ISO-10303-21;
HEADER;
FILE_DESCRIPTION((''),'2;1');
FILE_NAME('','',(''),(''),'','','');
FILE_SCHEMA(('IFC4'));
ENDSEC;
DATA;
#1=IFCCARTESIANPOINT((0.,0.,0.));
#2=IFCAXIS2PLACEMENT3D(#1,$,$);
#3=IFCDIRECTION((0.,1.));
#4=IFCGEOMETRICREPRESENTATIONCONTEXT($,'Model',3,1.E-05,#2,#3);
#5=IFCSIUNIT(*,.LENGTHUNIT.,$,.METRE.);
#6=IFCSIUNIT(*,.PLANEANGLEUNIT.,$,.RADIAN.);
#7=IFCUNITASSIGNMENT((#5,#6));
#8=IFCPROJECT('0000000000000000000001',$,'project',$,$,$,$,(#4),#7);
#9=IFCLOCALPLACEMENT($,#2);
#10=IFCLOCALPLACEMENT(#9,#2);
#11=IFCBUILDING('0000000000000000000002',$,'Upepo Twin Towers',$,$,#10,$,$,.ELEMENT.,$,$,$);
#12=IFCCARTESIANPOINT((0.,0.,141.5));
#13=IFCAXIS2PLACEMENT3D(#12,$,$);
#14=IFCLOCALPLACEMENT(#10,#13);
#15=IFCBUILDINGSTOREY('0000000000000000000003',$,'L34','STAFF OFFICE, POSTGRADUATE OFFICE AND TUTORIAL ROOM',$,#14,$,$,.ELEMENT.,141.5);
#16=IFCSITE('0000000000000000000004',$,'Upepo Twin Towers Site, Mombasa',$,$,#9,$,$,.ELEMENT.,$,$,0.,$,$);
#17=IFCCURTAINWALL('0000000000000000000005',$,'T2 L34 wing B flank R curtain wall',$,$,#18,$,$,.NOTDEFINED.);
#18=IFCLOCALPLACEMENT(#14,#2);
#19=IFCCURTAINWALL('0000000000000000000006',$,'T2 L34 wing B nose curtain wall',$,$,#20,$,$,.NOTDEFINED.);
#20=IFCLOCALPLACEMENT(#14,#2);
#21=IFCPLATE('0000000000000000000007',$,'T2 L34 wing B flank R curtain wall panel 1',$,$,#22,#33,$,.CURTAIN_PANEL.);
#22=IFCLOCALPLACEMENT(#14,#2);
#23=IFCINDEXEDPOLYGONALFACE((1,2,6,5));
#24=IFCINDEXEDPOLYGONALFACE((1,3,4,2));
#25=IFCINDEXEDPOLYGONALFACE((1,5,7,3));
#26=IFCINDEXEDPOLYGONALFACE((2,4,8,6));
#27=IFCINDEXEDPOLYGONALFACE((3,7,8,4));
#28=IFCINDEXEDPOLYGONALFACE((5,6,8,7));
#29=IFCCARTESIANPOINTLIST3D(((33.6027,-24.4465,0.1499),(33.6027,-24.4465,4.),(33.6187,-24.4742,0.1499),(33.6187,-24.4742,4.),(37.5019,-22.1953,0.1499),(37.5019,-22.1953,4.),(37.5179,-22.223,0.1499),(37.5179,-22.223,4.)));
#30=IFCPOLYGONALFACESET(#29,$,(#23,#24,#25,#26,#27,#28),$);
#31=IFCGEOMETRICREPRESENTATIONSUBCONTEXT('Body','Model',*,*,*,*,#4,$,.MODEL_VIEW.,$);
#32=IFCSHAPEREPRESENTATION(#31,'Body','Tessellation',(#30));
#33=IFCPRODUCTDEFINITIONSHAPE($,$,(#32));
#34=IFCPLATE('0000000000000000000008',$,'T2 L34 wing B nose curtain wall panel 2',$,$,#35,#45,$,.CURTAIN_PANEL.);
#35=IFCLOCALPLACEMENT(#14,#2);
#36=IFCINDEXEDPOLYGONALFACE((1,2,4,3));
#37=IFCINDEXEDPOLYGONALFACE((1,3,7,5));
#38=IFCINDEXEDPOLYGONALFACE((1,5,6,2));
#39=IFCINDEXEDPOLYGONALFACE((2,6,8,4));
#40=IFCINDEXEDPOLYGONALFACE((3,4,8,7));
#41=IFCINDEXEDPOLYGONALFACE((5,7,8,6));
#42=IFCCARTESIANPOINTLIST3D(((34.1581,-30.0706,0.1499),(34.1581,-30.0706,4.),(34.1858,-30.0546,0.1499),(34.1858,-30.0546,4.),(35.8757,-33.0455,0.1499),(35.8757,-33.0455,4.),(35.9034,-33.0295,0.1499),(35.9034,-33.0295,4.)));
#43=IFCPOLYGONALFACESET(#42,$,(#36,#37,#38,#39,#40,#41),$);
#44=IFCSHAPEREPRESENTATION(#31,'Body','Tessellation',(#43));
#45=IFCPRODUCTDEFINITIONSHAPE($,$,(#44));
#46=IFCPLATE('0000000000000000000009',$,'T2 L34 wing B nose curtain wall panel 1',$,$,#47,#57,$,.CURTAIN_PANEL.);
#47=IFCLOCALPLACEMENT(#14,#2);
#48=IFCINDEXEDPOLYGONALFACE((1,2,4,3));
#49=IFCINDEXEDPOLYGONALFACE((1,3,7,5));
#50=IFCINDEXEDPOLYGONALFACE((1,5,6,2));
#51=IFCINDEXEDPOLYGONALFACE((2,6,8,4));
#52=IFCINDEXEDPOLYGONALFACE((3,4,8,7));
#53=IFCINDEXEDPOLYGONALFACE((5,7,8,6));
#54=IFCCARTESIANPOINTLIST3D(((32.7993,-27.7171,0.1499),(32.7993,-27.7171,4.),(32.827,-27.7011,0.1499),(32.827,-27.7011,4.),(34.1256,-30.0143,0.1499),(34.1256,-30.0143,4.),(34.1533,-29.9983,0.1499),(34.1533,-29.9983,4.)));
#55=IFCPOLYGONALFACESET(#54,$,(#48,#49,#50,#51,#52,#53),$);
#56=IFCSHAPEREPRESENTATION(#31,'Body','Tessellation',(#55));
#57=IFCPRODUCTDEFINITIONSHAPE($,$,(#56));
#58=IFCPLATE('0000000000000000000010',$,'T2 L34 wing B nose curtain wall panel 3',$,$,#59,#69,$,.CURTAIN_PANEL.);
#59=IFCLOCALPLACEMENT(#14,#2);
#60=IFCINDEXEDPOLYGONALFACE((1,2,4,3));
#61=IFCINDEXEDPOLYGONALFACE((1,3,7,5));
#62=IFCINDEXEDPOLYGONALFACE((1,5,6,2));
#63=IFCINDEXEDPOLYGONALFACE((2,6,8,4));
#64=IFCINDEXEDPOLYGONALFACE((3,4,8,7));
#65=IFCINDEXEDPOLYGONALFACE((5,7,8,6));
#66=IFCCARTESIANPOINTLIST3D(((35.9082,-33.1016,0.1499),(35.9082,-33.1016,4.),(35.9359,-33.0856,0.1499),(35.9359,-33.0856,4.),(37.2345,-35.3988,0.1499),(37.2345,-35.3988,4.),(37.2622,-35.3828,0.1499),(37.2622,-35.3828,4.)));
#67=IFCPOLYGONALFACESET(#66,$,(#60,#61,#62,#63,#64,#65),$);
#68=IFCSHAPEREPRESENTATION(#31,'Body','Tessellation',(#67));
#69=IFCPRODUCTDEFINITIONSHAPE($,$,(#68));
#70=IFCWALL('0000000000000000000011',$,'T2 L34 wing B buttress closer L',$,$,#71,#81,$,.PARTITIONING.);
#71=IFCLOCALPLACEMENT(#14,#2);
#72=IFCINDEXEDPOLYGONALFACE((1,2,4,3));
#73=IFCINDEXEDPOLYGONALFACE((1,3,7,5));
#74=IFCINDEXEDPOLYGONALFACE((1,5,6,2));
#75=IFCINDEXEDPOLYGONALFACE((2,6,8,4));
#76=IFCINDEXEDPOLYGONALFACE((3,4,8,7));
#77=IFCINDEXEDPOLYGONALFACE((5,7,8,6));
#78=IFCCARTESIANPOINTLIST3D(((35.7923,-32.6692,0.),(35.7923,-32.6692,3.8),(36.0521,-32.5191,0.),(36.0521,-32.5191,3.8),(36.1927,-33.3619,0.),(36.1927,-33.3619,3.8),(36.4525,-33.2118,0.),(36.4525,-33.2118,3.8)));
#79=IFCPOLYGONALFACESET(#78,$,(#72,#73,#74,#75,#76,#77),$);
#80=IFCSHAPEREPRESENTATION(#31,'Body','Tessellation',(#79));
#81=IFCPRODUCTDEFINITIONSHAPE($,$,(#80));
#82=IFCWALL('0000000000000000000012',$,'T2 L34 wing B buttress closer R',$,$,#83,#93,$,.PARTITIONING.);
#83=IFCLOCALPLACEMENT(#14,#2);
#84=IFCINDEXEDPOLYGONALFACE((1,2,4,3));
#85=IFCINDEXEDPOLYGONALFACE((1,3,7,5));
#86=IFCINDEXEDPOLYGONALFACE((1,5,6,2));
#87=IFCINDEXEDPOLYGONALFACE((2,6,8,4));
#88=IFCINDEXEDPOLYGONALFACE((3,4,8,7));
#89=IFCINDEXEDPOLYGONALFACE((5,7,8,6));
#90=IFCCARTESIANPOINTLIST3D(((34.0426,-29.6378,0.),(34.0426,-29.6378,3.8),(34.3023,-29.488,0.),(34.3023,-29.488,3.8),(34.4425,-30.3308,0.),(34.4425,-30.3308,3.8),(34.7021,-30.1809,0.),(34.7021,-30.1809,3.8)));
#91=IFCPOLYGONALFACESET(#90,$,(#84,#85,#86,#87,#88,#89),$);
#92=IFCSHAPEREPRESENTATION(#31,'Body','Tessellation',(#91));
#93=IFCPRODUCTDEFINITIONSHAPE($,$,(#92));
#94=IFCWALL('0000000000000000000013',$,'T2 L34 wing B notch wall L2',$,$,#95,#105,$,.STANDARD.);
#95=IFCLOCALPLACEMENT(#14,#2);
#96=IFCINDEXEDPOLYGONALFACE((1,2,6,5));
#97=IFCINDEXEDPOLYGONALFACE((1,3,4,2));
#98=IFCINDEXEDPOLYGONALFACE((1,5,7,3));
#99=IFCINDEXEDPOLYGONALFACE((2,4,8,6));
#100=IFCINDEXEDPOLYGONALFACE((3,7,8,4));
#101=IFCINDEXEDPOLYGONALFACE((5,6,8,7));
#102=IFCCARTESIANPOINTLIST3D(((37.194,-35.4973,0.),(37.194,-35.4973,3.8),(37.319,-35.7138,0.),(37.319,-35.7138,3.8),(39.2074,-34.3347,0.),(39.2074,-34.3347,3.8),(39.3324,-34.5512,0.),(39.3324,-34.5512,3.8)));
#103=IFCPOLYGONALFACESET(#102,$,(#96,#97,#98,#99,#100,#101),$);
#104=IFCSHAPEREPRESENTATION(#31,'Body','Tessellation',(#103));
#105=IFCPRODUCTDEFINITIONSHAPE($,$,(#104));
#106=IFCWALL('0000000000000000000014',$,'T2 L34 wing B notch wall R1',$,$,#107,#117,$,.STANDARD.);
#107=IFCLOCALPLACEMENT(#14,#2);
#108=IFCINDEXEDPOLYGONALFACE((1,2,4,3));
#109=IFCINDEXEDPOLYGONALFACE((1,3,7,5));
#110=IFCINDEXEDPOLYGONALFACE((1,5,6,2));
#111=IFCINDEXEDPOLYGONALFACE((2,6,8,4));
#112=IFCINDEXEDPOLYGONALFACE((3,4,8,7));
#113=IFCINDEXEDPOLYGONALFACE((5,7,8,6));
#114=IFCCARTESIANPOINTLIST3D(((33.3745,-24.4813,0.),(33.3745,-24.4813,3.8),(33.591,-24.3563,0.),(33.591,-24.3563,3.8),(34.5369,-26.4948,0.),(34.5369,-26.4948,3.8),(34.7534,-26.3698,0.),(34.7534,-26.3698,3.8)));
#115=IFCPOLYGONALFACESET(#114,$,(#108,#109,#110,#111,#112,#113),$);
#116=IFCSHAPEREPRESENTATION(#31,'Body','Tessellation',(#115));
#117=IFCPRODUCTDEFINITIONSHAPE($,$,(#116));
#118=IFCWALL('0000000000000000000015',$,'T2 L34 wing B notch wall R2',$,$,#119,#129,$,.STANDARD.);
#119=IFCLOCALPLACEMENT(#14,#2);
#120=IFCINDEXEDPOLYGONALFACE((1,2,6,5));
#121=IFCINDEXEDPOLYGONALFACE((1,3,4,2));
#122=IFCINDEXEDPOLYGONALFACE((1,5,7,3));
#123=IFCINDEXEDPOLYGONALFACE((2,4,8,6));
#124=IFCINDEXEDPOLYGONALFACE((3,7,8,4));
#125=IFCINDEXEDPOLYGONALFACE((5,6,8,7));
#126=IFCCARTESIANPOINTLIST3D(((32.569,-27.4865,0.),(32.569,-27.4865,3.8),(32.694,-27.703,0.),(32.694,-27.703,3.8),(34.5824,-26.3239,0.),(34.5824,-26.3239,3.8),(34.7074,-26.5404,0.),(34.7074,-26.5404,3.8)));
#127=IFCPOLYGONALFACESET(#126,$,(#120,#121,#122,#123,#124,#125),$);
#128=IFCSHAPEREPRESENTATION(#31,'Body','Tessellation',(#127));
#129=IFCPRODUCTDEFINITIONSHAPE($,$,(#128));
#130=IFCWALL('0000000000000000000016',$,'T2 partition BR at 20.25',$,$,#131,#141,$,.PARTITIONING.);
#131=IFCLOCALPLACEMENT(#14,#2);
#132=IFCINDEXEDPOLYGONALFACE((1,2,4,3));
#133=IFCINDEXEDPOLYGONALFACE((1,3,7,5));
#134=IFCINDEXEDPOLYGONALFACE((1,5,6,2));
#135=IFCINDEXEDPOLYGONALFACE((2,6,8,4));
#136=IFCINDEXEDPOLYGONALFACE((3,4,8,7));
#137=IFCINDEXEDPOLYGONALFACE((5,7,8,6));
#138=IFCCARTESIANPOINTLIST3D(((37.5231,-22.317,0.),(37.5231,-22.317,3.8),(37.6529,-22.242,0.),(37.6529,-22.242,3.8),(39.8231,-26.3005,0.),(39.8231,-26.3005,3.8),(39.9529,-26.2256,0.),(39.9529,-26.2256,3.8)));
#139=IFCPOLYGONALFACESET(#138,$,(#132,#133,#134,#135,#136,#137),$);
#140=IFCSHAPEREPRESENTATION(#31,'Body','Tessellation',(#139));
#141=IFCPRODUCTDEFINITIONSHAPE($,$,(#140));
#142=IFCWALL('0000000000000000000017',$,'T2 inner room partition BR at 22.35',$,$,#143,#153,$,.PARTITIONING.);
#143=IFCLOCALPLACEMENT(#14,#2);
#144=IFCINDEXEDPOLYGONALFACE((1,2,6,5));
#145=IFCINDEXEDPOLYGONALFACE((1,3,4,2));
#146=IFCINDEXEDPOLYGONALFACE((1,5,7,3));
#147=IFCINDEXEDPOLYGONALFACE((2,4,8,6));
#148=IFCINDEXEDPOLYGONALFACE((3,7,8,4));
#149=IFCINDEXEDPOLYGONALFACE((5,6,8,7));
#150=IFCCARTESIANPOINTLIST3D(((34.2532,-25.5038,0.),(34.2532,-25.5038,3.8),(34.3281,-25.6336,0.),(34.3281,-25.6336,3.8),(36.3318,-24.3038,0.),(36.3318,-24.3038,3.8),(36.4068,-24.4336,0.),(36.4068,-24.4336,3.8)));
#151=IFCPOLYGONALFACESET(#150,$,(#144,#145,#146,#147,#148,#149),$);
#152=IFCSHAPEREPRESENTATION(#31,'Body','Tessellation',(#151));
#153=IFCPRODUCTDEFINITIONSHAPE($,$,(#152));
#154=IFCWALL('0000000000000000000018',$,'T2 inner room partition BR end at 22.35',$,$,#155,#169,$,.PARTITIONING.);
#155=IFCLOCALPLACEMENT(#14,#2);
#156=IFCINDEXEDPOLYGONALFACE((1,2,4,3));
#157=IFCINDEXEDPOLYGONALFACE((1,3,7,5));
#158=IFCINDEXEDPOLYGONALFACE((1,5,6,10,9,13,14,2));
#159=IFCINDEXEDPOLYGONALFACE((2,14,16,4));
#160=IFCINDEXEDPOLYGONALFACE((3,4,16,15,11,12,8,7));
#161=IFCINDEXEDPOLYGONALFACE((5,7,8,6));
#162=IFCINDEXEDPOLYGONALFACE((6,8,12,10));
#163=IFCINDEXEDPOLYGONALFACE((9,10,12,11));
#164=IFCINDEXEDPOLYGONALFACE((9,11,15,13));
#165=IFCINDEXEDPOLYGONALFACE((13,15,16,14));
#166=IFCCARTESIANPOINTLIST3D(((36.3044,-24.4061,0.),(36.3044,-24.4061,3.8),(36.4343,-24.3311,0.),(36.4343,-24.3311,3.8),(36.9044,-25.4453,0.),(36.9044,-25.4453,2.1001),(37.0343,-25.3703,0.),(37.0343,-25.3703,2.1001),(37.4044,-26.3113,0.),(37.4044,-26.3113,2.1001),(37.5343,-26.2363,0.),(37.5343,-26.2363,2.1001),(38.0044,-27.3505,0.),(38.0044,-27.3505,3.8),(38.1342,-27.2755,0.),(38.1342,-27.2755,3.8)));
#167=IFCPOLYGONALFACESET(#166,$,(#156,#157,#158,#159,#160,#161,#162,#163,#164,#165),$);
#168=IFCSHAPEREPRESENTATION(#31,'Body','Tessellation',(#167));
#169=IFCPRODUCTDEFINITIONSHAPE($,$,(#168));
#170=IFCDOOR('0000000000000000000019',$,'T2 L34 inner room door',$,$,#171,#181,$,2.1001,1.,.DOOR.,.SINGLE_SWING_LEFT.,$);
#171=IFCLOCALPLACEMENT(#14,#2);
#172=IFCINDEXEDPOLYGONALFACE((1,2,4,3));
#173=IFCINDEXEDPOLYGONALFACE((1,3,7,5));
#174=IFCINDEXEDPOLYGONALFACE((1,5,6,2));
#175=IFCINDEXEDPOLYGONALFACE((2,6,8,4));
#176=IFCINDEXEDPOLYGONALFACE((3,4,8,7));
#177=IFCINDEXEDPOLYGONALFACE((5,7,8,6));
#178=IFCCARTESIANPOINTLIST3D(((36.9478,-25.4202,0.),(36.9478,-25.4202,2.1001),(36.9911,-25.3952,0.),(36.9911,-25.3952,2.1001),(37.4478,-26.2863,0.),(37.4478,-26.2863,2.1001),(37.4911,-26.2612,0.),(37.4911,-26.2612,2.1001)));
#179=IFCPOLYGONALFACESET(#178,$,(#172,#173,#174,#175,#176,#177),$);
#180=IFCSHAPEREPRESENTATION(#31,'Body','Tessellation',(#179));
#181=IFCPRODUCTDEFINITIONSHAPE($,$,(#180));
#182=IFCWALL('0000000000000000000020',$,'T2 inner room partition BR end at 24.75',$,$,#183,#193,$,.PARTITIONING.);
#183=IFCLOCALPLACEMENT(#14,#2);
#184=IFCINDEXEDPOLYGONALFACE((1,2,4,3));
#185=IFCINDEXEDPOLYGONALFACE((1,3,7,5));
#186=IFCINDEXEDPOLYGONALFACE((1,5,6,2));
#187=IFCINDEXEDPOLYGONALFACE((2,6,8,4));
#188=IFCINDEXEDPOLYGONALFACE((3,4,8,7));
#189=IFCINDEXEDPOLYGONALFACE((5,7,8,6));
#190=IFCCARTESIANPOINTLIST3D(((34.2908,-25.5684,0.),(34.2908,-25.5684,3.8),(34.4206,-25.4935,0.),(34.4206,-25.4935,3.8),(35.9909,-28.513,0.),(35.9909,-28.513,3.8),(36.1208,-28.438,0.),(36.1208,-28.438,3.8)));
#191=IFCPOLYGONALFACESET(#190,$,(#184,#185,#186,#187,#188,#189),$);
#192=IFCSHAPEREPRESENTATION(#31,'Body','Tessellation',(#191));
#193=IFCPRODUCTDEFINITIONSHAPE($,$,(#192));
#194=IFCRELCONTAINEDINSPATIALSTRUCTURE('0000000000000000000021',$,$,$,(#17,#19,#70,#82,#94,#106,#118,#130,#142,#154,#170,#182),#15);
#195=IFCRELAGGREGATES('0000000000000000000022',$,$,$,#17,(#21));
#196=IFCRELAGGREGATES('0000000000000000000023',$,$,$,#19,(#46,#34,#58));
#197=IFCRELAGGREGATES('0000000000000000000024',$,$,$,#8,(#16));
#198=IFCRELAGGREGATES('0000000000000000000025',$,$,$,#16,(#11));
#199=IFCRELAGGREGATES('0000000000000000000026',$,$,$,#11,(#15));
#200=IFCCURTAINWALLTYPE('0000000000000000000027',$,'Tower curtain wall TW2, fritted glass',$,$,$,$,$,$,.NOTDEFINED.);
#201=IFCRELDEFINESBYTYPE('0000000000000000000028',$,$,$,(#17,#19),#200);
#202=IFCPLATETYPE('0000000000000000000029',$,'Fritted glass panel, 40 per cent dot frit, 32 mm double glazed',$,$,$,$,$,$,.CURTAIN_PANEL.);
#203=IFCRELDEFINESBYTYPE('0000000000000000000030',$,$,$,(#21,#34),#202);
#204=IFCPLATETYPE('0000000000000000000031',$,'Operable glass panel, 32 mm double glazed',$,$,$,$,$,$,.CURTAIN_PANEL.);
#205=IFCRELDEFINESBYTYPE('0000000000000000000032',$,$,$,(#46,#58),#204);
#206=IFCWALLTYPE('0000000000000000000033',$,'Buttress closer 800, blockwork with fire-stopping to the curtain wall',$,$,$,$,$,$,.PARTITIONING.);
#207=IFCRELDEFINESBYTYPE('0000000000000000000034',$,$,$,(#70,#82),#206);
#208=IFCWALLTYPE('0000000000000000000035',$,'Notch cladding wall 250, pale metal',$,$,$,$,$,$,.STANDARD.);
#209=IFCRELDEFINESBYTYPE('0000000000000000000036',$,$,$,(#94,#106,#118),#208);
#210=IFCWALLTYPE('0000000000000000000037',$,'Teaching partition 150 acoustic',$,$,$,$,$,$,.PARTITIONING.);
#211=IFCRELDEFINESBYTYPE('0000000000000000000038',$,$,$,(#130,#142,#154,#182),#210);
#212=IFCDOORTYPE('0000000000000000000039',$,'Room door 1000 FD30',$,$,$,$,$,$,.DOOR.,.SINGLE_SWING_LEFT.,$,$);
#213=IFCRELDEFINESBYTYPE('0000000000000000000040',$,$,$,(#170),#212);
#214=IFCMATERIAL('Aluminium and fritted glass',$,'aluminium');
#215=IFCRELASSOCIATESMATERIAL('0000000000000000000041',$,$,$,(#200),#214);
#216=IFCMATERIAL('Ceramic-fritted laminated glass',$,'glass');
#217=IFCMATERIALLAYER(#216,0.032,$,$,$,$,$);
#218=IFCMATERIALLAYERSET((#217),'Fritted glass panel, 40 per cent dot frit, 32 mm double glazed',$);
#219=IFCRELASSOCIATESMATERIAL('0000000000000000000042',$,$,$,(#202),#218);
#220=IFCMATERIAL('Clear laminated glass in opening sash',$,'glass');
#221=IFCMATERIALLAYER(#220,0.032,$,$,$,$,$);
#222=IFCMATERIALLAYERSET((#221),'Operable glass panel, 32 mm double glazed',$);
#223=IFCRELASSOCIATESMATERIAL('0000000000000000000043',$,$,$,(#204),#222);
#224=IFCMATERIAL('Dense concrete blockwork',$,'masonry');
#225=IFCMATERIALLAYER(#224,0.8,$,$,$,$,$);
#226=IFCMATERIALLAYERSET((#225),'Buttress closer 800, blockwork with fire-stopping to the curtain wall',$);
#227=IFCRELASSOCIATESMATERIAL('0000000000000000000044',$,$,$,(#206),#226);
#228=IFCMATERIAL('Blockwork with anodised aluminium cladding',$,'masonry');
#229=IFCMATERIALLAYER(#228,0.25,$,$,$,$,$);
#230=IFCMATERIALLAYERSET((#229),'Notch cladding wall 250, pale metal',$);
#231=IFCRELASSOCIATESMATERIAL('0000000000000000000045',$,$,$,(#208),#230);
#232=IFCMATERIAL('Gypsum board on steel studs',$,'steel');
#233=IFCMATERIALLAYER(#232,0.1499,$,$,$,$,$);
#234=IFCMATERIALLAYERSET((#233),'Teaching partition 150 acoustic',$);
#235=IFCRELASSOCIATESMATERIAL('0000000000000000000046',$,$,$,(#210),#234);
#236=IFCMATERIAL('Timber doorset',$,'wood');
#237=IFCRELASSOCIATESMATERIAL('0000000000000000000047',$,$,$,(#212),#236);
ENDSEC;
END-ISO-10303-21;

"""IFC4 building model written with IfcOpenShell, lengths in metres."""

from ifc_helpers import new_model, si_unit, direction, frame, frame_2d, origin, origin_2d, place, context, subcontext, project, spatial, rectangle, extrude, material, layer, layer_set, type_object, element, fill, aggregate, save


model = new_model("IFC4")

# Units and contexts
model_context = context("Model", 3, precision=1e-05, world=origin(), true_north=direction((0.0, 1.0)))
body_context = subcontext(model_context, "Body", "Model", "MODEL_VIEW")
ifc_project = project(units=[si_unit("LENGTHUNIT", "METRE"), si_unit("PLANEANGLEUNIT", "RADIAN")], contexts=[model_context])

# Site, building, storey
site_placement = place(None, origin())
site = spatial("IfcSite", under=ifc_project, at=site_placement, Name="Upepo Twin Towers Site, Mombasa", CompositionType="ELEMENT", RefElevation=0.0)
building_placement = place(site_placement, origin())
building = spatial("IfcBuilding", under=site, at=building_placement, Name="Upepo Twin Towers", CompositionType="ELEMENT")
storey_placement = place(building_placement, frame((0.0, 0.0, 141.5)))
storey = spatial("IfcBuildingStorey", under=building, at=storey_placement, Name="L34", Description="STAFF OFFICE, POSTGRADUATE OFFICE AND TUTORIAL ROOM", CompositionType="ELEMENT", Elevation=141.5)

# Curtain wall
ifc_material_1 = material(Name="Aluminium and fritted glass", Category="aluminium")
curtain_wall_type = type_object("IfcCurtainWallType", Name="Tower curtain wall TW2, fritted glass", PredefinedType="NOTDEFINED", material=ifc_material_1)
curtain_wall_1_placement = place(storey_placement, origin())
curtain_wall_1 = element("IfcCurtainWall", 1, at=curtain_wall_1_placement, inside=storey, type_object=curtain_wall_type, Name="T2 L34 wing B flank R curtain wall", PredefinedType="NOTDEFINED")

# Curtain wall
curtain_wall_2_placement = place(storey_placement, origin())
curtain_wall_2 = element("IfcCurtainWall", 2, at=curtain_wall_2_placement, inside=storey, type_object=curtain_wall_type, Name="T2 L34 wing B nose curtain wall", PredefinedType="NOTDEFINED")

# Plates
ifc_material_2 = material(Name="Ceramic-fritted laminated glass", Category="glass")
ifc_layer_1 = layer(ifc_material_2, 0.032)
ifc_layer_set_1 = layer_set([ifc_layer_1], Name="Fritted glass panel, 40 per cent dot frit, 32 mm double glazed")
plate_type_1 = type_object("IfcPlateType", Name="Fritted glass panel, 40 per cent dot frit, 32 mm double glazed", PredefinedType="CURTAIN_PANEL", material=ifc_layer_set_1)
plate_1_placement = place(storey_placement, frame((35.5603, -23.3347, 0.1499), z_axis=(0.0, 0.0, 1.0), x_axis=(0.866025, 0.5, 0.0)))
plate_1 = element("IfcPlate", 3, at=plate_1_placement, type_object=plate_type_1, Name="T2 L34 wing B flank R curtain wall panel 1", PredefinedType="CURTAIN_PANEL", context=body_context, shape_type="SweptSolid", body=[
    extrude(rectangle(XDim=4.5024, YDim=0.032, at=origin_2d()), origin(), (0.0, 0.0, 1.0), 3.8501),
])
aggregate(curtain_wall_1, [plate_1])
plate_2_placement = place(storey_placement, frame((35.0308, -31.55, 0.1499), z_axis=(0.0, 0.0, 1.0), x_axis=(0.5, -0.866025, 0.0)))
plate_2 = element("IfcPlate", 4, at=plate_2_placement, type_object=plate_type_1, Name="T2 L34 wing B nose curtain wall panel 2", PredefinedType="CURTAIN_PANEL", context=body_context, shape_type="SweptSolid", body=[
    extrude(rectangle(XDim=3.4351, YDim=0.032, at=origin_2d()), origin(), (0.0, 0.0, 1.0), 3.8501),
])
ifc_material_3 = material(Name="Clear laminated glass in opening sash", Category="glass")
ifc_layer_2 = layer(ifc_material_3, 0.032)
ifc_layer_set_2 = layer_set([ifc_layer_2], Name="Operable glass panel, 32 mm double glazed")
plate_type_2 = type_object("IfcPlateType", Name="Operable glass panel, 32 mm double glazed", PredefinedType="CURTAIN_PANEL", material=ifc_layer_set_2)
plate_3_placement = place(storey_placement, frame((33.4763, -28.8577, 0.1499), z_axis=(0.0, 0.0, 1.0), x_axis=(0.5, -0.866025, 0.0)))
plate_3 = element("IfcPlate", 5, at=plate_3_placement, type_object=plate_type_2, Name="T2 L34 wing B nose curtain wall panel 1", PredefinedType="CURTAIN_PANEL", context=body_context, shape_type="SweptSolid", body=[
    extrude(rectangle(XDim=2.6526, YDim=0.032, at=origin_2d()), origin(), (0.0, 0.0, 1.0), 3.8501),
])
plate_4_placement = place(storey_placement, frame((36.5852, -34.2422, 0.1499), z_axis=(0.0, 0.0, 1.0), x_axis=(0.5, -0.866025, 0.0)))
plate_4 = element("IfcPlate", 6, at=plate_4_placement, type_object=plate_type_2, Name="T2 L34 wing B nose curtain wall panel 3", PredefinedType="CURTAIN_PANEL", context=body_context, shape_type="SweptSolid", body=[
    extrude(rectangle(XDim=2.6526, YDim=0.032, at=origin_2d()), origin(), (0.0, 0.0, 1.0), 3.8501),
])
aggregate(curtain_wall_2, [plate_3, plate_2, plate_4])

# Walls
ifc_material_4 = material(Name="Dense concrete blockwork", Category="masonry")
ifc_layer_3 = layer(ifc_material_4, 0.8)
ifc_layer_set_3 = layer_set([ifc_layer_3], Name="Buttress closer 800, blockwork with fire-stopping to the curtain wall")
wall_type_1 = type_object("IfcWallType", Name="Buttress closer 800, blockwork with fire-stopping to the curtain wall", PredefinedType="PARTITIONING", material=ifc_layer_set_3)
wall_1_placement = place(storey_placement, frame((36.2522, -32.8655, 0.0), z_axis=(0.0, 0.0, 1.0), x_axis=(-0.865779, -0.500427, 0.0)))
element("IfcWall", 7, at=wall_1_placement, inside=storey, type_object=wall_type_1, Name="T2 L34 wing B buttress closer L", PredefinedType="PARTITIONING", context=body_context, shape_type="SweptSolid", body=[
    extrude(rectangle(XDim=0.3, YDim=0.8, at=frame_2d((0.1499, 0.0))), origin(), (0.0, 0.0, 1.0), 3.8),
])
wall_2_placement = place(storey_placement, frame((34.5022, -29.8345, 0.0), z_axis=(0.0, 0.0, 1.0), x_axis=(-0.866131, -0.499816, 0.0)))
element("IfcWall", 8, at=wall_2_placement, inside=storey, type_object=wall_type_1, Name="T2 L34 wing B buttress closer R", PredefinedType="PARTITIONING", context=body_context, shape_type="SweptSolid", body=[
    extrude(rectangle(XDim=0.2998, YDim=0.8, at=frame_2d((0.1499, 0.0))), origin(), (0.0, 0.0, 1.0), 3.8),
])
ifc_material_5 = material(Name="Blockwork with anodised aluminium cladding", Category="masonry")
ifc_layer_4 = layer(ifc_material_5, 0.25)
ifc_layer_set_4 = layer_set([ifc_layer_4], Name="Notch cladding wall 250, pale metal")
wall_type_2 = type_object("IfcWallType", Name="Notch cladding wall 250, pale metal", PredefinedType="STANDARD", material=ifc_layer_set_4)
for number, where, z_axis, x_axis, name in (
    (9, (39.27, -34.4429, 0.0), (0.0, 0.0, 1.0), (-0.865998, -0.500047, 0.0), "T2 L34 wing B notch wall L2"),
    (10, (33.4827, -24.4187, 0.0), (0.0, 0.0, 1.0), (0.499968, -0.866044, 0.0), "T2 L34 wing B notch wall R1"),
    (11, (34.645, -26.4321, 0.0), (0.0, 0.0, 1.0), (-0.865998, -0.500047, 0.0), "T2 L34 wing B notch wall R2"),
):
    element("IfcWall", number, at=place(storey_placement, frame(where, z_axis=z_axis, x_axis=x_axis)), inside=storey, type_object=wall_type_2, Name=name, PredefinedType="STANDARD", context=body_context, shape_type="SweptSolid", body=[
        extrude(rectangle(XDim=2.325, YDim=0.25, at=frame_2d((1.1626, 0.0))), origin(), (0.0, 0.0, 1.0), 3.8),
    ])
ifc_material_6 = material(Name="Gypsum board on steel studs", Category="steel")
ifc_layer_5 = layer(ifc_material_6, 0.1499)
ifc_layer_set_5 = layer_set([ifc_layer_5], Name="Teaching partition 150 acoustic")
wall_type_3 = type_object("IfcWallType", Name="Teaching partition 150 acoustic", PredefinedType="PARTITIONING", material=ifc_layer_set_5)
wall_3_placement = place(storey_placement, frame((39.8879, -26.2629, 0.0), z_axis=(0.0, 0.0, 1.0), x_axis=(-0.500015, 0.866017, 0.0)))
element("IfcWall", 12, at=wall_3_placement, inside=storey, type_object=wall_type_3, Name="T2 partition BR at 20.25", PredefinedType="PARTITIONING", context=body_context, shape_type="SweptSolid", body=[
    extrude(rectangle(XDim=4.5999, YDim=0.1499, at=frame_2d((2.2998, 0.0))), origin(), (0.0, 0.0, 1.0), 3.8),
])
wall_4_placement = place(storey_placement, frame((36.3694, -24.3687, 0.0), z_axis=(0.0, 0.0, 1.0), x_axis=(-0.86605, -0.499957, 0.0)))
element("IfcWall", 13, at=wall_4_placement, inside=storey, type_object=wall_type_3, Name="T2 inner room partition BR at 22.35", PredefinedType="PARTITIONING", context=body_context, shape_type="SweptSolid", body=[
    extrude(rectangle(XDim=2.4001, YDim=0.1499, at=frame_2d((1.2002, 0.0))), origin(), (0.0, 0.0, 1.0), 3.8),
])

# Wall, opening, door
wall_5_placement = place(storey_placement, frame((38.0693, -27.313, 0.0), z_axis=(0.0, 0.0, 1.0), x_axis=(-0.500008, 0.866021, 0.0)))
wall_5 = element("IfcWall", 14, at=wall_5_placement, inside=storey, type_object=wall_type_3, Name="T2 inner room partition BR end at 22.35", PredefinedType="PARTITIONING", context=body_context, shape_type="SweptSolid", body=[
    extrude(rectangle(XDim=3.3999, YDim=0.1499, at=frame_2d((1.7, 0.0))), origin(), (0.0, 0.0, 1.0), 3.8),
])
opening_1_placement = place(wall_5_placement, frame((1.2, 0.0, 0.0)))
opening_1 = element("IfcOpeningElement", 15, at=opening_1_placement, cuts=wall_5, PredefinedType="OPENING", context=body_context, shape_type="SweptSolid", body=[
    extrude(rectangle(XDim=1.0, YDim=2.1001, at=frame_2d((0.5, 1.05))), frame((0.0, 0.085, 0.0), z_axis=(0.0, -1.0, 0.0), x_axis=(1.0, 0.0, 0.0)), (0.0, 0.0, 1.0), 0.1699),
])
ifc_material_7 = material(Name="Timber doorset", Category="wood")
door_type = type_object("IfcDoorType", Name="Room door 1000 FD30", OperationType="SINGLE_SWING_LEFT", PredefinedType="DOOR", material=ifc_material_7)
door_1_placement = place(opening_1_placement, origin())
door_1 = element("IfcDoor", 16, at=door_1_placement, inside=storey, type_object=door_type, Name="T2 L34 inner room door", OperationType="SINGLE_SWING_LEFT", OverallHeight=2.1001, OverallWidth=1.0, PredefinedType="DOOR", context=body_context, shape_type="SweptSolid", body=[
    extrude(rectangle(XDim=1.0, YDim=2.1001, at=frame_2d((0.5, 1.05))), frame((0.0, 0.0249, 0.0), z_axis=(0.0, -1.0, 0.0), x_axis=(1.0, 0.0, 0.0)), (0.0, 0.0, 1.0), 0.05),
])
fill(opening_1, door_1)

# Wall
wall_6_placement = place(storey_placement, frame((36.0559, -28.4756, 0.0), z_axis=(0.0, 0.0, 1.0), x_axis=(-0.500031, 0.866007, 0.0)))
element("IfcWall", 17, at=wall_6_placement, inside=storey, type_object=wall_type_3, Name="T2 inner room partition BR end at 24.75", PredefinedType="PARTITIONING", context=body_context, shape_type="SweptSolid", body=[
    extrude(rectangle(XDim=3.4001, YDim=0.1499, at=frame_2d((1.7002, 0.0))), origin(), (0.0, 0.0, 1.0), 3.8),
])

save(model, "model.ifc")
